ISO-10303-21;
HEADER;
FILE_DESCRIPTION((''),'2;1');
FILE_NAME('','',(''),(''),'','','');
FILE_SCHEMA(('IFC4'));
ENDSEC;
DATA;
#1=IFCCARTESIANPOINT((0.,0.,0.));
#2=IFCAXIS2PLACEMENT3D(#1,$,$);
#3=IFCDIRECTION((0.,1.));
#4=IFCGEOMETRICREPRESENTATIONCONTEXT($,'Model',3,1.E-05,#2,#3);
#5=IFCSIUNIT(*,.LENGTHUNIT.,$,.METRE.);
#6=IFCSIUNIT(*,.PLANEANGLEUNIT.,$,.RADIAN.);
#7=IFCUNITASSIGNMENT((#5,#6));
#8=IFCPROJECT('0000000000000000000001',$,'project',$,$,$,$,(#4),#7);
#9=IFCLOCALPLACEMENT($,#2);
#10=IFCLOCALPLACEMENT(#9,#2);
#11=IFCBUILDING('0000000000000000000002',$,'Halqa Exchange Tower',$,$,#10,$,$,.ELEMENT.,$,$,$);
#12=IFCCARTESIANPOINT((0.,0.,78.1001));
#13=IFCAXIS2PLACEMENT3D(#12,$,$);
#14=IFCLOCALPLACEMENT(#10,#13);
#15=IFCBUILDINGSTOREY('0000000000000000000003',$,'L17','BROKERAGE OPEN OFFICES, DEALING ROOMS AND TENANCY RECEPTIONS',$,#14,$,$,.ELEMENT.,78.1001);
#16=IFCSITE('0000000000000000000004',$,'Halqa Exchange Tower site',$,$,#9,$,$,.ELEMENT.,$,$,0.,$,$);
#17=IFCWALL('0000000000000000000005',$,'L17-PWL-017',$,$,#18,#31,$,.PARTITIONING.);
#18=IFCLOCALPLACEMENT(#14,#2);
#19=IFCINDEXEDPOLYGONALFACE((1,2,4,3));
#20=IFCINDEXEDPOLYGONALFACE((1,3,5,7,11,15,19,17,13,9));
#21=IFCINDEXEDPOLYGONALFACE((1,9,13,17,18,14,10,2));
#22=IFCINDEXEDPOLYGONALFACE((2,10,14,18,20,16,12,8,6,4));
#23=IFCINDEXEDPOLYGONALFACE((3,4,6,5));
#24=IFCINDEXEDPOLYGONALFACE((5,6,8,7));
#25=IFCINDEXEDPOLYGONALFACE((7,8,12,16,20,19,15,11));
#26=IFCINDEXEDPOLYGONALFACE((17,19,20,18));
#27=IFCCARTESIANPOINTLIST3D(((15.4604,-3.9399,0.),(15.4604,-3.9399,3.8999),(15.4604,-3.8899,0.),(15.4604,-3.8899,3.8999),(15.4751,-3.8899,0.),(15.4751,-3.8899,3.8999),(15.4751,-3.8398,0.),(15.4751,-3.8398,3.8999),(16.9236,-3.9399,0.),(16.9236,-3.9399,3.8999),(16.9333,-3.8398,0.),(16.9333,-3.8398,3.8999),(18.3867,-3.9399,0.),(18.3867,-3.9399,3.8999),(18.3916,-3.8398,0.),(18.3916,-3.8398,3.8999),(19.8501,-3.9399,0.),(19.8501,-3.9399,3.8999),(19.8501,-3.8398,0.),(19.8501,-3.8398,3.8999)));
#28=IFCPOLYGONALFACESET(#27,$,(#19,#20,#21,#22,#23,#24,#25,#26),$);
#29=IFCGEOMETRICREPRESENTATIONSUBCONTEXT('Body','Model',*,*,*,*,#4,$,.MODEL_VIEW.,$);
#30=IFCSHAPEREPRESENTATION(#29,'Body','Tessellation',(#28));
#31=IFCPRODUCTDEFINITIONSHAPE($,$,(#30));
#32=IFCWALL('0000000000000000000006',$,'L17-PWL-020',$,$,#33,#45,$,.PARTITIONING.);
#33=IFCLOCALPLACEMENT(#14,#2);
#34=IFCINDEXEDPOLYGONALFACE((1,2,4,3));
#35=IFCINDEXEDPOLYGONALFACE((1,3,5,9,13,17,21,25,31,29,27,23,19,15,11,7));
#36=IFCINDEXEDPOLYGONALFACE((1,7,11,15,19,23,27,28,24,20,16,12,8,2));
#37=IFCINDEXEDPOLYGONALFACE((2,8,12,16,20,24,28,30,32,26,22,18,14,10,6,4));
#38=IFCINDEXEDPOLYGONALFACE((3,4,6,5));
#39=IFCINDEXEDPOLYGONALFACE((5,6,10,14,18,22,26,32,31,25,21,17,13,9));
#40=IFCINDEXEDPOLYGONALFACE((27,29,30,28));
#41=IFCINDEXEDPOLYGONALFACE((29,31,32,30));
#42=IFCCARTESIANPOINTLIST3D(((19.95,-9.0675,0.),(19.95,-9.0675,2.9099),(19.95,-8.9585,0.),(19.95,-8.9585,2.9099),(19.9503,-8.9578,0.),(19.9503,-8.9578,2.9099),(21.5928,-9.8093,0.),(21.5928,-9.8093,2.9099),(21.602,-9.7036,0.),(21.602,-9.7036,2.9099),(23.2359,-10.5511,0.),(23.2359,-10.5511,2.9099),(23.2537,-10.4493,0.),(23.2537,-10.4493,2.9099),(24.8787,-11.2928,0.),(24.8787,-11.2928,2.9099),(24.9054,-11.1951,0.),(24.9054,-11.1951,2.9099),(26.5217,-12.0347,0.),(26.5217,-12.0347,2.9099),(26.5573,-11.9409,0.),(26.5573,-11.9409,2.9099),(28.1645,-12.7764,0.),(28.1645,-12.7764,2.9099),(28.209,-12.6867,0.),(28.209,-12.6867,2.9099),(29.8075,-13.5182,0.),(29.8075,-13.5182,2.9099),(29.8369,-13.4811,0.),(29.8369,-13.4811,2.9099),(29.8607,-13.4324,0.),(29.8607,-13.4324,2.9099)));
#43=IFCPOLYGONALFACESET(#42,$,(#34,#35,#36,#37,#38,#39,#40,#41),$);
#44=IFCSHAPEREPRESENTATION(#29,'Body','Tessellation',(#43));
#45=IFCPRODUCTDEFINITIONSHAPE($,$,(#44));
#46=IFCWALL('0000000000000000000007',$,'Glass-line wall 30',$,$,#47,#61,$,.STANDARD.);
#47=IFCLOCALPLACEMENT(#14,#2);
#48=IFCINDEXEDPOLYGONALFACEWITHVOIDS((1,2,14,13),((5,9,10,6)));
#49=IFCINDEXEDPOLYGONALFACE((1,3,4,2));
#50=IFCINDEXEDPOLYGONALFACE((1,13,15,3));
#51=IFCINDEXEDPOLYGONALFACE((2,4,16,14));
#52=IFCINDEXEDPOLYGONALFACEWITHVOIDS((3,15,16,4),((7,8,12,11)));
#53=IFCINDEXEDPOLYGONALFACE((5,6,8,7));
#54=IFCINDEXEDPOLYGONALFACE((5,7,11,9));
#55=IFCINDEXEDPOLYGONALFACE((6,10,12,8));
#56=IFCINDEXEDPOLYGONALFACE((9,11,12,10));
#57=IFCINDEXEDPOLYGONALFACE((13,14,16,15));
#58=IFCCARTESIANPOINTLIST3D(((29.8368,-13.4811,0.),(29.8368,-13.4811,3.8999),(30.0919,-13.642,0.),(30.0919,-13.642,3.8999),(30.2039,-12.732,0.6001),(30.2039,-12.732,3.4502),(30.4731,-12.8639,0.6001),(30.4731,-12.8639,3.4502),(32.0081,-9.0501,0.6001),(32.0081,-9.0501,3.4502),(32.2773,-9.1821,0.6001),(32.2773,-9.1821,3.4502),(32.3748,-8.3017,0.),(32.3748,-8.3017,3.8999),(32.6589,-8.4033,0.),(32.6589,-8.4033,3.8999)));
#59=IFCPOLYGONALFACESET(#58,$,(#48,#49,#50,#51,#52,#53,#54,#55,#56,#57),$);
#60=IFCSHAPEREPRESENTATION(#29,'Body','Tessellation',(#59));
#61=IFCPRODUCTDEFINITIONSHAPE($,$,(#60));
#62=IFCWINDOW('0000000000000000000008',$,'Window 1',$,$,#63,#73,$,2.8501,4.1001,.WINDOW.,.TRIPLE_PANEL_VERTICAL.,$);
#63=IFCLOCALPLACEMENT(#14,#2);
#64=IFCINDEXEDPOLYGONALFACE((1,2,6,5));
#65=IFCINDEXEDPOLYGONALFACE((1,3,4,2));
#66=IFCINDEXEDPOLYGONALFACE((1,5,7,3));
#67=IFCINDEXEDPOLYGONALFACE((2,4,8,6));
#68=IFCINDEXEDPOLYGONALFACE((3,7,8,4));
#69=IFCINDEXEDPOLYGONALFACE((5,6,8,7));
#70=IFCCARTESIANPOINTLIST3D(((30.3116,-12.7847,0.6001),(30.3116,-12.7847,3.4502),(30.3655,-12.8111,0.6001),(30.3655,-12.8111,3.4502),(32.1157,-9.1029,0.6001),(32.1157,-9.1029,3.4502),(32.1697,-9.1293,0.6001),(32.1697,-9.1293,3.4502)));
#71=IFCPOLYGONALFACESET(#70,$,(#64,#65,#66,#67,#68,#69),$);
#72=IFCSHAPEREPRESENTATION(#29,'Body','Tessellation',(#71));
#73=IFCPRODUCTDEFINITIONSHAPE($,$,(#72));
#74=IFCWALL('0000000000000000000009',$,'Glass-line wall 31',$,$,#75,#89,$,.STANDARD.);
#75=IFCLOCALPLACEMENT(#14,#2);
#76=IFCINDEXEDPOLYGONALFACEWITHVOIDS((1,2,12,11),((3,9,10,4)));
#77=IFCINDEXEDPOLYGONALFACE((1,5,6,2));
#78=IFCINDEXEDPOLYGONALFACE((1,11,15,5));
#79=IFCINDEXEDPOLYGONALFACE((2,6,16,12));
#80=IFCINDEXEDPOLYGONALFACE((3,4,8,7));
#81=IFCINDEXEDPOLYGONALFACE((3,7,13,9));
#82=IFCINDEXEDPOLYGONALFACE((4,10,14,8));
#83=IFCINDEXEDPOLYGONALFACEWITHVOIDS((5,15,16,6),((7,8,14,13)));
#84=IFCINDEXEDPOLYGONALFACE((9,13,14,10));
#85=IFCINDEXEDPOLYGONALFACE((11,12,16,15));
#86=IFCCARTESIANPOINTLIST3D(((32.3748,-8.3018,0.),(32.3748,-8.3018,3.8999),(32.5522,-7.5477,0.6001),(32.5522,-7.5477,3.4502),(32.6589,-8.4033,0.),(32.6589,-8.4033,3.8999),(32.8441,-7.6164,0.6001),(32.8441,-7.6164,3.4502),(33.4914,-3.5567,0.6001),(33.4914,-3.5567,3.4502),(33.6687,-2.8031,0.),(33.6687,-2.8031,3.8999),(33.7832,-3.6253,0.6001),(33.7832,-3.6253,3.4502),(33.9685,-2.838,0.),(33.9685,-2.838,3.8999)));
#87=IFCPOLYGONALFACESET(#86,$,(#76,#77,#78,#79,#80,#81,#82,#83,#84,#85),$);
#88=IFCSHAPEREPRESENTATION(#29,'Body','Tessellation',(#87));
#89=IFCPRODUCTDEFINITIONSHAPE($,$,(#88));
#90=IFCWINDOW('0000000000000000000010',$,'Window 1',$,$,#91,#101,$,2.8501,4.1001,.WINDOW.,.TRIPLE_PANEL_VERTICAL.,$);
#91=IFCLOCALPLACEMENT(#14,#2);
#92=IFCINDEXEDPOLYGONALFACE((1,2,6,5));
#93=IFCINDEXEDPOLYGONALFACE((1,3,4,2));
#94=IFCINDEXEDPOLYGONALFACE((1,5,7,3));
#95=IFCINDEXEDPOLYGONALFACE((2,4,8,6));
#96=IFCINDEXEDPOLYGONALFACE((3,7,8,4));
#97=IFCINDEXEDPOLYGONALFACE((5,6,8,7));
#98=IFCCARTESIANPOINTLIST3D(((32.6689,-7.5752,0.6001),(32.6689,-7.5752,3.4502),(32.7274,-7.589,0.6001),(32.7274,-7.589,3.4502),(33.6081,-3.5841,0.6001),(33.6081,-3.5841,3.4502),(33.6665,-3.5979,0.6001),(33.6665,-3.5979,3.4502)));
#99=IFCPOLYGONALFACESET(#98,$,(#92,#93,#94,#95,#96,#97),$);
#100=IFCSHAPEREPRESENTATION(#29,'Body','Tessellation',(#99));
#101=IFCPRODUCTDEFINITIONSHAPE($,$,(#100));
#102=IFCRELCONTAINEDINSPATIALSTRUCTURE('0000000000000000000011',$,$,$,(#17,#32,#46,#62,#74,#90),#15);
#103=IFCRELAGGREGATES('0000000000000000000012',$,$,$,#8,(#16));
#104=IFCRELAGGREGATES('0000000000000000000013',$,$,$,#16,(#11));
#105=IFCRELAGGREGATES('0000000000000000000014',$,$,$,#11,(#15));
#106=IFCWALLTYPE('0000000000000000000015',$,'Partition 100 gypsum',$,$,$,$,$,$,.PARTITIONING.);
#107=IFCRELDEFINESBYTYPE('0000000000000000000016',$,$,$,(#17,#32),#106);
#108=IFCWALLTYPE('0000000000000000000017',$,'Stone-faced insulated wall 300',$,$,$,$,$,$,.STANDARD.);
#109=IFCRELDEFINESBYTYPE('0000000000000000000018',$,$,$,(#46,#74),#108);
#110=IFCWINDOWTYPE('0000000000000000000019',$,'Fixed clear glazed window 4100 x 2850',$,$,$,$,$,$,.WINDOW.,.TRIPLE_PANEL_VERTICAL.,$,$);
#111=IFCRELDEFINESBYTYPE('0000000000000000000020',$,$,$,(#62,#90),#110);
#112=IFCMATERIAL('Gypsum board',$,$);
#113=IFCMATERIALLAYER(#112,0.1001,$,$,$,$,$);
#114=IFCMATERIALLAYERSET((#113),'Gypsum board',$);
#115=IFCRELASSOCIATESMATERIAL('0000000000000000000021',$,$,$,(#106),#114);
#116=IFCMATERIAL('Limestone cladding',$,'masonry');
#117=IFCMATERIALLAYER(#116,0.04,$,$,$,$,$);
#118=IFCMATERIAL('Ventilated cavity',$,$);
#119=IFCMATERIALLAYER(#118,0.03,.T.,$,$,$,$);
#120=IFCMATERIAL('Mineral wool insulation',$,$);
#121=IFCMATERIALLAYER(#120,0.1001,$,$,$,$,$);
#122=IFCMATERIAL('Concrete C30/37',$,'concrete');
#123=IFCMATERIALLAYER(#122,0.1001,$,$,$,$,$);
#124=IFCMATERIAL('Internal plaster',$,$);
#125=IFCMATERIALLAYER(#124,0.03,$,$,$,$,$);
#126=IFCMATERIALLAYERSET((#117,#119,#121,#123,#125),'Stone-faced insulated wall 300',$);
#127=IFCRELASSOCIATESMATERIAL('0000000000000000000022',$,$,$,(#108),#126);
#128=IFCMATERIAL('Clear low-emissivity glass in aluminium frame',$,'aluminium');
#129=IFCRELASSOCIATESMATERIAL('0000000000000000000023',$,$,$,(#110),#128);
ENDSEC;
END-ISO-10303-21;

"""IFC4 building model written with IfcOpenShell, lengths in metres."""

from ifc_helpers import new_model, si_unit, direction, frame, frame_2d, origin, place, context, subcontext, project, spatial, polyline, rectangle, outline, extrude, material, layer, layer_set, type_object, element, fill, save


model = new_model("IFC4")

# Units and contexts
model_context = context("Model", 3, precision=1e-05, world=origin(), true_north=direction((0.0, 1.0)))
body_context = subcontext(model_context, "Body", "Model", "MODEL_VIEW")
ifc_project = project(units=[si_unit("LENGTHUNIT", "METRE"), si_unit("PLANEANGLEUNIT", "RADIAN")], contexts=[model_context])

# Site, building, storey
site_placement = place(None, origin())
site = spatial("IfcSite", under=ifc_project, at=site_placement, Name="Halqa Exchange Tower site", CompositionType="ELEMENT", RefElevation=0.0)
building_placement = place(site_placement, origin())
building = spatial("IfcBuilding", under=site, at=building_placement, Name="Halqa Exchange Tower", CompositionType="ELEMENT")
storey_placement = place(building_placement, frame((0.0, 0.0, 78.1001)))
storey = spatial("IfcBuildingStorey", under=building, at=storey_placement, Name="L17", Description="BROKERAGE OPEN OFFICES, DEALING ROOMS AND TENANCY RECEPTIONS", CompositionType="ELEMENT", Elevation=78.1001)

# Walls
ifc_material_1 = material(Name="Gypsum board")
ifc_layer_1 = layer(ifc_material_1, 0.1001)
ifc_layer_set_1 = layer_set([ifc_layer_1], Name="Gypsum board")
wall_type_1 = type_object("IfcWallType", Name="Partition 100 gypsum", PredefinedType="PARTITIONING", material=ifc_layer_set_1)
wall_1_placement = place(storey_placement, frame((15.4604, -3.8899, 0.0), z_axis=(0.0, 0.0, 1.0), x_axis=(1.0, 0.0, 0.0)))
element("IfcWall", 1, at=wall_1_placement, inside=storey, type_object=wall_type_1, Name="L17-PWL-017", PredefinedType="PARTITIONING", context=body_context, shape_type="SweptSolid", body=[
    extrude(outline(polyline([(0.0, -0.05), (1.4631, -0.05), (2.9263, -0.05), (4.3896, -0.05), (4.3896, 0.05), (2.9312, 0.05), (1.4729, 0.05), (0.0146, 0.05), (0.0146, 0.0), (0.0, 0.0), (0.0, -0.05)])), origin(), (0.0, 0.0, 1.0), 3.8999),
])
wall_2_placement = place(storey_placement, frame((19.9297, -9.0034, 0.0), z_axis=(0.0, 0.0, 1.0), x_axis=(0.911407, -0.411506, 0.0)))
element("IfcWall", 2, at=wall_2_placement, inside=storey, type_object=wall_type_1, Name="L17-PWL-020", PredefinedType="PARTITIONING", context=body_context, shape_type="SweptSolid", body=[
    extrude(outline(polyline([(0.0449, -0.05), (1.8474, -0.05), (3.6501, -0.05), (5.4526, -0.05), (7.2554, -0.05), (9.0579, -0.05), (10.8606, -0.05), (10.8721, -0.0042), (10.8738, 0.05), (9.0615, 0.05), (7.2493, 0.05), (5.4368, 0.05), (3.6245, 0.05), (1.8123, 0.05), (0.0, 0.05), (0.0, 0.0493), (0.0449, -0.05)])), origin(), (0.0, 0.0, 1.0), 2.9099),
])

# Walls, openings, windows
ifc_material_2 = material(Name="Limestone cladding", Category="masonry")
ifc_layer_2 = layer(ifc_material_2, 0.04)
ifc_material_3 = material(Name="Ventilated cavity")
ifc_layer_3 = layer(ifc_material_3, 0.03, ventilated=True)
ifc_material_4 = material(Name="Mineral wool insulation")
ifc_layer_4 = layer(ifc_material_4, 0.1001)
ifc_material_5 = material(Name="Concrete C30/37", Category="concrete")
ifc_layer_5 = layer(ifc_material_5, 0.1001)
ifc_material_6 = material(Name="Internal plaster")
ifc_layer_6 = layer(ifc_material_6, 0.03)
ifc_layer_set_2 = layer_set([ifc_layer_2, ifc_layer_3, ifc_layer_4, ifc_layer_5, ifc_layer_6], Name="Stone-faced insulated wall 300")
wall_type_2 = type_object("IfcWallType", Name="Stone-faced insulated wall 300", PredefinedType="STANDARD", material=ifc_layer_set_2)
wall_3_placement = place(storey_placement, frame((29.9644, -13.5615, 0.0), z_axis=(0.0, 0.0, 1.0), x_axis=(0.440027, 0.897984, 0.0)))
wall_3 = element("IfcWall", 3, at=wall_3_placement, inside=storey, type_object=wall_type_2, Name="Glass-line wall 30", PredefinedType="STANDARD", context=body_context, shape_type="SweptSolid", body=[
    extrude(outline(polyline([(-0.0161, -0.1499), (5.8176, -0.1499), (5.7839, 0.1499), (0.0161, 0.1499), (-0.0161, -0.1499)])), origin(), (0.0, 0.0, 1.0), 3.8999),
])
opening_1_placement = place(wall_3_placement, frame((0.8503, 0.0, 0.6001)))
opening_1 = element("IfcOpeningElement", 4, at=opening_1_placement, cuts=wall_3, PredefinedType="OPENING", context=body_context, shape_type="SweptSolid", body=[
    extrude(rectangle(XDim=4.1001, YDim=2.8501, at=frame_2d((2.05, 1.425))), frame((0.0, 0.1621, 0.0), z_axis=(0.0, -1.0, 0.0), x_axis=(1.0, 0.0, 0.0)), (0.0, 0.0, 1.0), 0.324),
])
ifc_material_7 = material(Name="Clear low-emissivity glass in aluminium frame", Category="aluminium")
window_type = type_object("IfcWindowType", Name="Fixed clear glazed window 4100 x 2850", PartitioningType="TRIPLE_PANEL_VERTICAL", PredefinedType="WINDOW", material=ifc_material_7)
window_1_placement = place(opening_1_placement, origin())
window_1 = element("IfcWindow", 5, at=window_1_placement, inside=storey, type_object=window_type, Name="Window 1", OverallHeight=2.8501, OverallWidth=4.1001, PartitioningType="TRIPLE_PANEL_VERTICAL", PredefinedType="WINDOW", context=body_context, shape_type="SweptSolid", body=[
    extrude(rectangle(XDim=4.1001, YDim=2.8501, at=frame_2d((2.05, 1.425))), frame((0.0, 0.03, 0.0), z_axis=(0.0, -1.0, 0.0), x_axis=(1.0, 0.0, 0.0)), (0.0, 0.0, 1.0), 0.0601),
])
fill(opening_1, window_1)
wall_4_placement = place(storey_placement, frame((32.5168, -8.3525, 0.0), z_axis=(0.0, 0.0, 1.0), x_axis=(0.229058, 0.973413, 0.0)))
wall_4 = element("IfcWall", 6, at=wall_4_placement, inside=storey, type_object=wall_type_2, Name="Glass-line wall 31", PredefinedType="STANDARD", context=body_context, shape_type="SweptSolid", body=[
    extrude(outline(polyline([(-0.0168, -0.1499), (5.7004, -0.1499), (5.6658, 0.1499), (0.0168, 0.1499), (-0.0168, -0.1499)])), origin(), (0.0, 0.0, 1.0), 3.8999),
])
opening_2_placement = place(wall_4_placement, frame((0.7915, 0.0, 0.6001)))
opening_2 = element("IfcOpeningElement", 7, at=opening_2_placement, cuts=wall_4, PredefinedType="OPENING", context=body_context, shape_type="SweptSolid", body=[
    extrude(rectangle(XDim=4.1001, YDim=2.8501, at=frame_2d((2.05, 1.425))), frame((0.0, 0.1621, 0.0), z_axis=(0.0, -1.0, 0.0), x_axis=(1.0, 0.0, 0.0)), (0.0, 0.0, 1.0), 0.324),
])
window_2_placement = place(opening_2_placement, origin())
window_2 = element("IfcWindow", 8, at=window_2_placement, inside=storey, type_object=window_type, Name="Window 1", OverallHeight=2.8501, OverallWidth=4.1001, PartitioningType="TRIPLE_PANEL_VERTICAL", PredefinedType="WINDOW", context=body_context, shape_type="SweptSolid", body=[
    extrude(rectangle(XDim=4.1001, YDim=2.8501, at=frame_2d((2.05, 1.425))), frame((0.0, 0.03, 0.0), z_axis=(0.0, -1.0, 0.0), x_axis=(1.0, 0.0, 0.0)), (0.0, 0.0, 1.0), 0.0601),
])
fill(opening_2, window_2)

save(model, "model.ifc")
